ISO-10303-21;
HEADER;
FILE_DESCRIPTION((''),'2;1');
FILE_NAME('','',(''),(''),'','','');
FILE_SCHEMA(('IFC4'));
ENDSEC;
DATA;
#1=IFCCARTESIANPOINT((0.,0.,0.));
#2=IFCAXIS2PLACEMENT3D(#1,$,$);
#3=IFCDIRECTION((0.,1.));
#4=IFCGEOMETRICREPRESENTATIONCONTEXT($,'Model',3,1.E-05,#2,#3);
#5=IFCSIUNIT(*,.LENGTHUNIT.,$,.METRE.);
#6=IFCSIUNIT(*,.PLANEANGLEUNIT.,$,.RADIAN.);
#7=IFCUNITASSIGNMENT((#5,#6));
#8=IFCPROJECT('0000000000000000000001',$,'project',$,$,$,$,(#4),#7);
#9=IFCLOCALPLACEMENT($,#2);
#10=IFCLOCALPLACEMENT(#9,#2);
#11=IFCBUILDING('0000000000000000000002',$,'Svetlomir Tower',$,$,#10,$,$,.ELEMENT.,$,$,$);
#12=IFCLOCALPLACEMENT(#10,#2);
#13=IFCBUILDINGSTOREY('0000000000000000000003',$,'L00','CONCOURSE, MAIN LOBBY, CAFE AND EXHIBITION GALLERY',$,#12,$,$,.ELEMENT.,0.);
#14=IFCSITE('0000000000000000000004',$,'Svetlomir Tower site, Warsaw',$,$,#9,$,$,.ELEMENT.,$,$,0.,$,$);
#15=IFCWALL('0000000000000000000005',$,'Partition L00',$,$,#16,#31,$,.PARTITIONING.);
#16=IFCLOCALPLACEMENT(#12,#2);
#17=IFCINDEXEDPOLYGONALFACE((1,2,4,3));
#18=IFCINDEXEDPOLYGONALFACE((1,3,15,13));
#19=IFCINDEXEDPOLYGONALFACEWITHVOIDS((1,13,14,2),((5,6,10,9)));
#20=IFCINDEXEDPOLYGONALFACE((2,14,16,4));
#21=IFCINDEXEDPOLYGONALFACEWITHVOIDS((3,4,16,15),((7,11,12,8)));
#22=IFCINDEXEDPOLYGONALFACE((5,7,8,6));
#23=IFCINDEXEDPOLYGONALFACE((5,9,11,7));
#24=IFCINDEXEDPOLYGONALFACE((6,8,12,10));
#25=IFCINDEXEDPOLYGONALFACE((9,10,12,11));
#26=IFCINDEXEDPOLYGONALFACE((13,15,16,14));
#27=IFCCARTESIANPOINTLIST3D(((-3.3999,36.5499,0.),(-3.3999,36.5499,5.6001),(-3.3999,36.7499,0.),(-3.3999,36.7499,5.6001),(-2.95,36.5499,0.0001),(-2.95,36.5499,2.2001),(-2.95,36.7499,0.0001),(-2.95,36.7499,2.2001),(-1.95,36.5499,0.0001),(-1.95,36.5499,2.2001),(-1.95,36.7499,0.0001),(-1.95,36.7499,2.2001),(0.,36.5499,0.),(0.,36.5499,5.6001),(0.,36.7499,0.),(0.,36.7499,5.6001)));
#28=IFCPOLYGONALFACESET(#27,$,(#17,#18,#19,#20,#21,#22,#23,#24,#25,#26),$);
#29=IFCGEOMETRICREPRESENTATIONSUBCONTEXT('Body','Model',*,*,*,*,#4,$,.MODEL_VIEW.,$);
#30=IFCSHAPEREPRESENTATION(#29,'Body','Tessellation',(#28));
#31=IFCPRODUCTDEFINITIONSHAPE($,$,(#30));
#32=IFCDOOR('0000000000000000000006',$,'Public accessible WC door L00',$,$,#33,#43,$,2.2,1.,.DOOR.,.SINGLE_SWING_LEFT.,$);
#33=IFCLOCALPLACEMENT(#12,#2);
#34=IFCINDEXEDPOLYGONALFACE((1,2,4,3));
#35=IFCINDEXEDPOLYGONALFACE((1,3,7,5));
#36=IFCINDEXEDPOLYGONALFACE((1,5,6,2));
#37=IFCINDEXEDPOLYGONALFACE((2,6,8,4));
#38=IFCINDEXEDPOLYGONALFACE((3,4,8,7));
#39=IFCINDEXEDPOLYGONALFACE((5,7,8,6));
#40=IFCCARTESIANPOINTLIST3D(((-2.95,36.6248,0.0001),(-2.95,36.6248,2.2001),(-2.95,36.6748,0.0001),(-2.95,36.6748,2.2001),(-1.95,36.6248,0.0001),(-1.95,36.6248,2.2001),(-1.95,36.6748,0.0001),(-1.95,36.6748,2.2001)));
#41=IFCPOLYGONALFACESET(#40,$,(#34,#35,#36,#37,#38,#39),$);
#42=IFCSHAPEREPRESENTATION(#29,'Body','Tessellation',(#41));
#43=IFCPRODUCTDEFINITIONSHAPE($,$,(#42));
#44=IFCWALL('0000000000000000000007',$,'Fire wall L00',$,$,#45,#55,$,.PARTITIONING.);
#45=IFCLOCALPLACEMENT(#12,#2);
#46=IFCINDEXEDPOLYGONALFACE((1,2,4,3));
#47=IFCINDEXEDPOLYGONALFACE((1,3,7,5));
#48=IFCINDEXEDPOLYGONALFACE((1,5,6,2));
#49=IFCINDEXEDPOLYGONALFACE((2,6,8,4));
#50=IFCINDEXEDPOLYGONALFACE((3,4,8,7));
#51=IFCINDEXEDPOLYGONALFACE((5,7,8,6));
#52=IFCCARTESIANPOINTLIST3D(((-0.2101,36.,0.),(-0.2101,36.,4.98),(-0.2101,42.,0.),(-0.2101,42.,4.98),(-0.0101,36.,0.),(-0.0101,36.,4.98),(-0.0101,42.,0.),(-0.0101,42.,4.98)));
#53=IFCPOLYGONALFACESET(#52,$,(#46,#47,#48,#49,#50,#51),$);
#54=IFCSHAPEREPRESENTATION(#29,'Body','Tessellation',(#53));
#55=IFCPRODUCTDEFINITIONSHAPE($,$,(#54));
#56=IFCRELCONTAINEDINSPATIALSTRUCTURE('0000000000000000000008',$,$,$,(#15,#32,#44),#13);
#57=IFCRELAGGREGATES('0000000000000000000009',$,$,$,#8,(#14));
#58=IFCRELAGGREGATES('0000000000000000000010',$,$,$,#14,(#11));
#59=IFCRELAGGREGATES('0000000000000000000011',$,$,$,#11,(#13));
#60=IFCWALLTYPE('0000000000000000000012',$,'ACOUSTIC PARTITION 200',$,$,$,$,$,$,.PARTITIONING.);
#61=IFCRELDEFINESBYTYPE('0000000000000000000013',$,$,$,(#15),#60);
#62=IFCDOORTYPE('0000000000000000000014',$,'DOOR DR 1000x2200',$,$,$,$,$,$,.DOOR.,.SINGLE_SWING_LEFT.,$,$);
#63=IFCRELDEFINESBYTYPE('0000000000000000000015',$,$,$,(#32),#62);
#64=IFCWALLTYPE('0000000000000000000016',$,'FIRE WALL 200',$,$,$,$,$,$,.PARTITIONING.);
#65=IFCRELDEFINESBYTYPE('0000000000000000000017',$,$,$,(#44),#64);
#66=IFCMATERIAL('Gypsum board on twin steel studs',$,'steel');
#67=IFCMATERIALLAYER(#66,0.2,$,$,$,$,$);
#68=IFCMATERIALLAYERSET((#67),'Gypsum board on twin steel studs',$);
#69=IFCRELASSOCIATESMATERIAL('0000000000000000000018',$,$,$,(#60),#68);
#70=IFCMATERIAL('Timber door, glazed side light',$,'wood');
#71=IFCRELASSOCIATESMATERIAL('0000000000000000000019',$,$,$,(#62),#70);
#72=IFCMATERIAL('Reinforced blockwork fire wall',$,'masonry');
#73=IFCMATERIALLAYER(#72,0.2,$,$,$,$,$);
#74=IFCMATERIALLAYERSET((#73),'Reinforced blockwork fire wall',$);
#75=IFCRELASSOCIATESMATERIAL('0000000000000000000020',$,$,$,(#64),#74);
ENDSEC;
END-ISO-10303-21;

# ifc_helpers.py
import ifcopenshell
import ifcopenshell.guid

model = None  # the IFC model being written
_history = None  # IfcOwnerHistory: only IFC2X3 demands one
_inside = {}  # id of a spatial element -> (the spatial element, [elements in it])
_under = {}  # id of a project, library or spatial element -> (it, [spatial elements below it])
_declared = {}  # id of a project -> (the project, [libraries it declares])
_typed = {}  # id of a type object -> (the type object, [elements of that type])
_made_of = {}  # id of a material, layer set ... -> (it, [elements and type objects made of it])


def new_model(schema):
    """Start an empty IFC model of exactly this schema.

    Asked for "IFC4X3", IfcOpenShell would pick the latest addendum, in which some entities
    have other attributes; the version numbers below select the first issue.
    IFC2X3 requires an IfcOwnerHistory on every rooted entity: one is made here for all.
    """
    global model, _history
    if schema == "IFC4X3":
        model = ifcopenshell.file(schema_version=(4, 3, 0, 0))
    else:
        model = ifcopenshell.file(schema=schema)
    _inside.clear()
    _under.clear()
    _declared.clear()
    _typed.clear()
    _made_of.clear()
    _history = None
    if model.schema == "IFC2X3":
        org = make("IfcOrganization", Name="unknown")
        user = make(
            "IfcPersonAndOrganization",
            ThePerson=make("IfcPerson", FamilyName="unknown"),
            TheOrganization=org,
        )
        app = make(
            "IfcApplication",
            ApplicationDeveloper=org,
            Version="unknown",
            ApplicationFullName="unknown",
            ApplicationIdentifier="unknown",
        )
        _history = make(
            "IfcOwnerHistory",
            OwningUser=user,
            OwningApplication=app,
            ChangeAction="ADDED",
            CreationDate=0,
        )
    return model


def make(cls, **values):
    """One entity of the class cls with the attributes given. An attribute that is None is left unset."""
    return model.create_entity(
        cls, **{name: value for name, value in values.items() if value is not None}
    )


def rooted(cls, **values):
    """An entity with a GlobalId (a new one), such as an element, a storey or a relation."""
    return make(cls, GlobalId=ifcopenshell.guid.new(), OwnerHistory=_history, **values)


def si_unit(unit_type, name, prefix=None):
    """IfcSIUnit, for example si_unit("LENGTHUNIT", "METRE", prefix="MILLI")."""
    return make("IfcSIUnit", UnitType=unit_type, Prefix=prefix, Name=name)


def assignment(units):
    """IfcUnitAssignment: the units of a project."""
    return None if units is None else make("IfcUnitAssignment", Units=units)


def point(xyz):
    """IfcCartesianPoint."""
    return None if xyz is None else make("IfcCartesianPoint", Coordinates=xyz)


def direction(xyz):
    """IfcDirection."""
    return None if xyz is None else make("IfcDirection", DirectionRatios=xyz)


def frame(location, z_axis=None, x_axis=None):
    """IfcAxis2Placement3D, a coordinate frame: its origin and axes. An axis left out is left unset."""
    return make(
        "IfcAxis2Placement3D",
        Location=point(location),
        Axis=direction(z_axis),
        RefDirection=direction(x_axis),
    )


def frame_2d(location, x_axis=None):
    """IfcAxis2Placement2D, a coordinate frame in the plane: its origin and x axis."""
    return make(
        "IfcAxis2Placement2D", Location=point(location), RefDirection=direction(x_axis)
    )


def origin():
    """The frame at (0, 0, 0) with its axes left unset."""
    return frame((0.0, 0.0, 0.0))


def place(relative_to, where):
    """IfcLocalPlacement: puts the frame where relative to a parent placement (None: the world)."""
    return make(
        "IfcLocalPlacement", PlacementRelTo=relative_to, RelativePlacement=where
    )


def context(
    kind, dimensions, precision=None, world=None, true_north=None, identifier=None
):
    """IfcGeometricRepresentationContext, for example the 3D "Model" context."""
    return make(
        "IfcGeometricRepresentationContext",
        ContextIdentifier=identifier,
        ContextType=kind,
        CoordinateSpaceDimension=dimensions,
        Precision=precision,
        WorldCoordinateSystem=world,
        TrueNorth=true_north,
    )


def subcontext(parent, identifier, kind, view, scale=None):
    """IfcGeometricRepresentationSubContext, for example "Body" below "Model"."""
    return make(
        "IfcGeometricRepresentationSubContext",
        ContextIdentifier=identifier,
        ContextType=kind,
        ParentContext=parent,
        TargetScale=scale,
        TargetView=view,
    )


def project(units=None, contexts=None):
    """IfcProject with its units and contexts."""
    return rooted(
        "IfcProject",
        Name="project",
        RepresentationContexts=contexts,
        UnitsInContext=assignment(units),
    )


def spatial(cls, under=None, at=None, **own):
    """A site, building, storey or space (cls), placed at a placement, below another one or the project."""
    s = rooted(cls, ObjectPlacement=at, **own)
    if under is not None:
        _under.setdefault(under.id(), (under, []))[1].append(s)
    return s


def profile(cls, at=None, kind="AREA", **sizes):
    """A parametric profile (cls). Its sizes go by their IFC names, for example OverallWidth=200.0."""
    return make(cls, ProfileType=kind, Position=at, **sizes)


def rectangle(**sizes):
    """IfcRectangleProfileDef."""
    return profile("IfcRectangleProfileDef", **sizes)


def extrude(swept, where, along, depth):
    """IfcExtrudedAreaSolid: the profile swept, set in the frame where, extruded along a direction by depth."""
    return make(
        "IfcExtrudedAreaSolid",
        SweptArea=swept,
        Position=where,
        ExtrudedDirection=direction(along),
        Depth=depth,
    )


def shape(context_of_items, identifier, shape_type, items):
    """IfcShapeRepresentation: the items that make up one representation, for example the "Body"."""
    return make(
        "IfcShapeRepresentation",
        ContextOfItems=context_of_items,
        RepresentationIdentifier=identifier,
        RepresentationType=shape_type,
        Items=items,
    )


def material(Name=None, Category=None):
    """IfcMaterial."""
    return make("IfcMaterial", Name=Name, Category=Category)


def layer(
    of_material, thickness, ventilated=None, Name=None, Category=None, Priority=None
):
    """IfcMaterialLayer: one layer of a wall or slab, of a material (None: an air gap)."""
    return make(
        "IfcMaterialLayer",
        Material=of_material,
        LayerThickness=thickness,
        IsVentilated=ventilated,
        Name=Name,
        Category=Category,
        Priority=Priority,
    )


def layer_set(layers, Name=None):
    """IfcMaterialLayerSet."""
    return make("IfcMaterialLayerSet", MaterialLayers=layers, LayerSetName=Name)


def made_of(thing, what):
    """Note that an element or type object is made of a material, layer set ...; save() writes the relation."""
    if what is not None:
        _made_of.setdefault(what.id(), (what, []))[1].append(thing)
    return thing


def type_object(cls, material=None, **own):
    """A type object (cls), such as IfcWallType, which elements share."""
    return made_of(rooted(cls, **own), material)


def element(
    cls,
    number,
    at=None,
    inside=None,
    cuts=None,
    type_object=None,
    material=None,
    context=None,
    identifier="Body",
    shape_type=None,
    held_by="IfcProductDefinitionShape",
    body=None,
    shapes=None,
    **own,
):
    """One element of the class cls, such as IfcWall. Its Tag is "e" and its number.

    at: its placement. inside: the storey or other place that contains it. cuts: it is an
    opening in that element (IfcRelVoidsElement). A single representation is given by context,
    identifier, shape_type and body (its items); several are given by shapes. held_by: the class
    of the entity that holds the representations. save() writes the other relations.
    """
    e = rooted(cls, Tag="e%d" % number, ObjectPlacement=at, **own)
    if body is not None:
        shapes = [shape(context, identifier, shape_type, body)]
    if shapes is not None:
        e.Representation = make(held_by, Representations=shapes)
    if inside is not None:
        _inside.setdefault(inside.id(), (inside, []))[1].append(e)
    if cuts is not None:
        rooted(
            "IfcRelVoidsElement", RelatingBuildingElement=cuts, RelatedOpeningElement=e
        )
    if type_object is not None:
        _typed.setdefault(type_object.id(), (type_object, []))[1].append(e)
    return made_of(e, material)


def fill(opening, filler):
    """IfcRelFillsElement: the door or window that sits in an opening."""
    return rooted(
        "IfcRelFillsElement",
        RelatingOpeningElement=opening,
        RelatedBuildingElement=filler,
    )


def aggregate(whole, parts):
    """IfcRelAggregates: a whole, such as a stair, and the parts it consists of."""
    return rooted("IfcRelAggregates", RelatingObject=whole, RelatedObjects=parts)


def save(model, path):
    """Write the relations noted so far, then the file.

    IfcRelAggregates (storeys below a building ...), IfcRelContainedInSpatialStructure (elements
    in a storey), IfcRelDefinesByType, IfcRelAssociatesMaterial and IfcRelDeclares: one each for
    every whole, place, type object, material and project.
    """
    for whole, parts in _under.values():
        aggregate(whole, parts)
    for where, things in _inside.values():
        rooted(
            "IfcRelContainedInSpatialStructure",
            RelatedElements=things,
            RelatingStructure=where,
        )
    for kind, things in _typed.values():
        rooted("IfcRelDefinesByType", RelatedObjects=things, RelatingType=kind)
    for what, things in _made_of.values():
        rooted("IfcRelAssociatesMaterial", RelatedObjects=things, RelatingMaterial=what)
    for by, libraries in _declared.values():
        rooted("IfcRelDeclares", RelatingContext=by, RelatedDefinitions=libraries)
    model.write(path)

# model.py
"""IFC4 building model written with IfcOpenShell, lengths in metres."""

from ifc_helpers import new_model, si_unit, direction, frame, frame_2d, origin, place, context, subcontext, project, spatial, rectangle, extrude, material, layer, layer_set, type_object, element, fill, save


model = new_model("IFC4")

# Units and contexts
model_context = context("Model", 3, precision=1e-05, world=origin(), true_north=direction((0.0, 1.0)))
body_context = subcontext(model_context, "Body", "Model", "MODEL_VIEW")
ifc_project = project(units=[si_unit("LENGTHUNIT", "METRE"), si_unit("PLANEANGLEUNIT", "RADIAN")], contexts=[model_context])

# Site, building, storey
site_placement = place(None, origin())
site = spatial("IfcSite", under=ifc_project, at=site_placement, Name="Svetlomir Tower site, Warsaw", CompositionType="ELEMENT", RefElevation=0.0)
building_placement = place(site_placement, origin())
building = spatial("IfcBuilding", under=site, at=building_placement, Name="Svetlomir Tower", CompositionType="ELEMENT")
storey_placement = place(building_placement, origin())
storey = spatial("IfcBuildingStorey", under=building, at=storey_placement, Name="L00", Description="CONCOURSE, MAIN LOBBY, CAFE AND EXHIBITION GALLERY", CompositionType="ELEMENT", Elevation=0.0)

# Shared definitions
ifc_material_1 = material(Name="Gypsum board on twin steel studs", Category="steel")
ifc_layer_1 = layer(ifc_material_1, 0.2)
ifc_layer_set_1 = layer_set([ifc_layer_1], Name="Gypsum board on twin steel studs")
wall_type_1 = type_object("IfcWallType", Name="ACOUSTIC PARTITION 200", PredefinedType="PARTITIONING", material=ifc_layer_set_1)

# Wall, opening, door
wall_1_placement = place(storey_placement, frame((-3.3999, 36.6499, 0.0), z_axis=(0.0, 0.0, 1.0), x_axis=(1.0, 0.0, 0.0)))
wall_1 = element("IfcWall", 1, at=wall_1_placement, inside=storey, type_object=wall_type_1, Name="Partition L00", PredefinedType="PARTITIONING", context=body_context, shape_type="SweptSolid", body=[
    extrude(rectangle(XDim=3.3999, YDim=0.2, at=frame_2d((1.7, 0.0))), origin(), (0.0, 0.0, 1.0), 5.6001),
])
opening_placement = place(wall_1_placement, frame((0.45, 0.0, 0.0)))
opening = element("IfcOpeningElement", 2, at=opening_placement, cuts=wall_1, PredefinedType="OPENING", context=body_context, shape_type="SweptSolid", body=[
    extrude(rectangle(XDim=1.0, YDim=2.2, at=frame_2d((0.5, 1.1001))), frame((0.0, 0.1099, 0.0), z_axis=(0.0, -1.0, 0.0), x_axis=(1.0, 0.0, 0.0)), (0.0, 0.0, 1.0), 0.22),
])
ifc_material_2 = material(Name="Timber door, glazed side light", Category="wood")
door_type = type_object("IfcDoorType", Name="DOOR DR 1000x2200", OperationType="SINGLE_SWING_LEFT", PredefinedType="DOOR", material=ifc_material_2)
door_placement = place(opening_placement, origin())
door = element("IfcDoor", 3, at=door_placement, inside=storey, type_object=door_type, Name="Public accessible WC door L00", OperationType="SINGLE_SWING_LEFT", OverallHeight=2.2, OverallWidth=1.0, PredefinedType="DOOR", context=body_context, shape_type="SweptSolid", body=[
    extrude(rectangle(XDim=1.0, YDim=2.2, at=frame_2d((0.5, 1.1001))), frame((0.0, 0.0249, 0.0), z_axis=(0.0, -1.0, 0.0), x_axis=(1.0, 0.0, 0.0)), (0.0, 0.0, 1.0), 0.05),
])
fill(opening, door)

# Wall
ifc_material_3 = material(Name="Reinforced blockwork fire wall", Category="masonry")
ifc_layer_2 = layer(ifc_material_3, 0.2)
ifc_layer_set_2 = layer_set([ifc_layer_2], Name="Reinforced blockwork fire wall")
wall_type_2 = type_object("IfcWallType", Name="FIRE WALL 200", PredefinedType="PARTITIONING", material=ifc_layer_set_2)
wall_2_placement = place(storey_placement, frame((-0.1101, 36.0, 0.0), z_axis=(0.0, 0.0, 1.0), x_axis=(0.0, 1.0, 0.0)))
element("IfcWall", 4, at=wall_2_placement, inside=storey, type_object=wall_type_2, Name="Fire wall L00", PredefinedType="PARTITIONING", context=body_context, shape_type="SweptSolid", body=[
    extrude(rectangle(XDim=6.0, YDim=0.2, at=frame_2d((3.0, 0.0))), origin(), (0.0, 0.0, 1.0), 4.98),
])

save(model, "model.ifc")
